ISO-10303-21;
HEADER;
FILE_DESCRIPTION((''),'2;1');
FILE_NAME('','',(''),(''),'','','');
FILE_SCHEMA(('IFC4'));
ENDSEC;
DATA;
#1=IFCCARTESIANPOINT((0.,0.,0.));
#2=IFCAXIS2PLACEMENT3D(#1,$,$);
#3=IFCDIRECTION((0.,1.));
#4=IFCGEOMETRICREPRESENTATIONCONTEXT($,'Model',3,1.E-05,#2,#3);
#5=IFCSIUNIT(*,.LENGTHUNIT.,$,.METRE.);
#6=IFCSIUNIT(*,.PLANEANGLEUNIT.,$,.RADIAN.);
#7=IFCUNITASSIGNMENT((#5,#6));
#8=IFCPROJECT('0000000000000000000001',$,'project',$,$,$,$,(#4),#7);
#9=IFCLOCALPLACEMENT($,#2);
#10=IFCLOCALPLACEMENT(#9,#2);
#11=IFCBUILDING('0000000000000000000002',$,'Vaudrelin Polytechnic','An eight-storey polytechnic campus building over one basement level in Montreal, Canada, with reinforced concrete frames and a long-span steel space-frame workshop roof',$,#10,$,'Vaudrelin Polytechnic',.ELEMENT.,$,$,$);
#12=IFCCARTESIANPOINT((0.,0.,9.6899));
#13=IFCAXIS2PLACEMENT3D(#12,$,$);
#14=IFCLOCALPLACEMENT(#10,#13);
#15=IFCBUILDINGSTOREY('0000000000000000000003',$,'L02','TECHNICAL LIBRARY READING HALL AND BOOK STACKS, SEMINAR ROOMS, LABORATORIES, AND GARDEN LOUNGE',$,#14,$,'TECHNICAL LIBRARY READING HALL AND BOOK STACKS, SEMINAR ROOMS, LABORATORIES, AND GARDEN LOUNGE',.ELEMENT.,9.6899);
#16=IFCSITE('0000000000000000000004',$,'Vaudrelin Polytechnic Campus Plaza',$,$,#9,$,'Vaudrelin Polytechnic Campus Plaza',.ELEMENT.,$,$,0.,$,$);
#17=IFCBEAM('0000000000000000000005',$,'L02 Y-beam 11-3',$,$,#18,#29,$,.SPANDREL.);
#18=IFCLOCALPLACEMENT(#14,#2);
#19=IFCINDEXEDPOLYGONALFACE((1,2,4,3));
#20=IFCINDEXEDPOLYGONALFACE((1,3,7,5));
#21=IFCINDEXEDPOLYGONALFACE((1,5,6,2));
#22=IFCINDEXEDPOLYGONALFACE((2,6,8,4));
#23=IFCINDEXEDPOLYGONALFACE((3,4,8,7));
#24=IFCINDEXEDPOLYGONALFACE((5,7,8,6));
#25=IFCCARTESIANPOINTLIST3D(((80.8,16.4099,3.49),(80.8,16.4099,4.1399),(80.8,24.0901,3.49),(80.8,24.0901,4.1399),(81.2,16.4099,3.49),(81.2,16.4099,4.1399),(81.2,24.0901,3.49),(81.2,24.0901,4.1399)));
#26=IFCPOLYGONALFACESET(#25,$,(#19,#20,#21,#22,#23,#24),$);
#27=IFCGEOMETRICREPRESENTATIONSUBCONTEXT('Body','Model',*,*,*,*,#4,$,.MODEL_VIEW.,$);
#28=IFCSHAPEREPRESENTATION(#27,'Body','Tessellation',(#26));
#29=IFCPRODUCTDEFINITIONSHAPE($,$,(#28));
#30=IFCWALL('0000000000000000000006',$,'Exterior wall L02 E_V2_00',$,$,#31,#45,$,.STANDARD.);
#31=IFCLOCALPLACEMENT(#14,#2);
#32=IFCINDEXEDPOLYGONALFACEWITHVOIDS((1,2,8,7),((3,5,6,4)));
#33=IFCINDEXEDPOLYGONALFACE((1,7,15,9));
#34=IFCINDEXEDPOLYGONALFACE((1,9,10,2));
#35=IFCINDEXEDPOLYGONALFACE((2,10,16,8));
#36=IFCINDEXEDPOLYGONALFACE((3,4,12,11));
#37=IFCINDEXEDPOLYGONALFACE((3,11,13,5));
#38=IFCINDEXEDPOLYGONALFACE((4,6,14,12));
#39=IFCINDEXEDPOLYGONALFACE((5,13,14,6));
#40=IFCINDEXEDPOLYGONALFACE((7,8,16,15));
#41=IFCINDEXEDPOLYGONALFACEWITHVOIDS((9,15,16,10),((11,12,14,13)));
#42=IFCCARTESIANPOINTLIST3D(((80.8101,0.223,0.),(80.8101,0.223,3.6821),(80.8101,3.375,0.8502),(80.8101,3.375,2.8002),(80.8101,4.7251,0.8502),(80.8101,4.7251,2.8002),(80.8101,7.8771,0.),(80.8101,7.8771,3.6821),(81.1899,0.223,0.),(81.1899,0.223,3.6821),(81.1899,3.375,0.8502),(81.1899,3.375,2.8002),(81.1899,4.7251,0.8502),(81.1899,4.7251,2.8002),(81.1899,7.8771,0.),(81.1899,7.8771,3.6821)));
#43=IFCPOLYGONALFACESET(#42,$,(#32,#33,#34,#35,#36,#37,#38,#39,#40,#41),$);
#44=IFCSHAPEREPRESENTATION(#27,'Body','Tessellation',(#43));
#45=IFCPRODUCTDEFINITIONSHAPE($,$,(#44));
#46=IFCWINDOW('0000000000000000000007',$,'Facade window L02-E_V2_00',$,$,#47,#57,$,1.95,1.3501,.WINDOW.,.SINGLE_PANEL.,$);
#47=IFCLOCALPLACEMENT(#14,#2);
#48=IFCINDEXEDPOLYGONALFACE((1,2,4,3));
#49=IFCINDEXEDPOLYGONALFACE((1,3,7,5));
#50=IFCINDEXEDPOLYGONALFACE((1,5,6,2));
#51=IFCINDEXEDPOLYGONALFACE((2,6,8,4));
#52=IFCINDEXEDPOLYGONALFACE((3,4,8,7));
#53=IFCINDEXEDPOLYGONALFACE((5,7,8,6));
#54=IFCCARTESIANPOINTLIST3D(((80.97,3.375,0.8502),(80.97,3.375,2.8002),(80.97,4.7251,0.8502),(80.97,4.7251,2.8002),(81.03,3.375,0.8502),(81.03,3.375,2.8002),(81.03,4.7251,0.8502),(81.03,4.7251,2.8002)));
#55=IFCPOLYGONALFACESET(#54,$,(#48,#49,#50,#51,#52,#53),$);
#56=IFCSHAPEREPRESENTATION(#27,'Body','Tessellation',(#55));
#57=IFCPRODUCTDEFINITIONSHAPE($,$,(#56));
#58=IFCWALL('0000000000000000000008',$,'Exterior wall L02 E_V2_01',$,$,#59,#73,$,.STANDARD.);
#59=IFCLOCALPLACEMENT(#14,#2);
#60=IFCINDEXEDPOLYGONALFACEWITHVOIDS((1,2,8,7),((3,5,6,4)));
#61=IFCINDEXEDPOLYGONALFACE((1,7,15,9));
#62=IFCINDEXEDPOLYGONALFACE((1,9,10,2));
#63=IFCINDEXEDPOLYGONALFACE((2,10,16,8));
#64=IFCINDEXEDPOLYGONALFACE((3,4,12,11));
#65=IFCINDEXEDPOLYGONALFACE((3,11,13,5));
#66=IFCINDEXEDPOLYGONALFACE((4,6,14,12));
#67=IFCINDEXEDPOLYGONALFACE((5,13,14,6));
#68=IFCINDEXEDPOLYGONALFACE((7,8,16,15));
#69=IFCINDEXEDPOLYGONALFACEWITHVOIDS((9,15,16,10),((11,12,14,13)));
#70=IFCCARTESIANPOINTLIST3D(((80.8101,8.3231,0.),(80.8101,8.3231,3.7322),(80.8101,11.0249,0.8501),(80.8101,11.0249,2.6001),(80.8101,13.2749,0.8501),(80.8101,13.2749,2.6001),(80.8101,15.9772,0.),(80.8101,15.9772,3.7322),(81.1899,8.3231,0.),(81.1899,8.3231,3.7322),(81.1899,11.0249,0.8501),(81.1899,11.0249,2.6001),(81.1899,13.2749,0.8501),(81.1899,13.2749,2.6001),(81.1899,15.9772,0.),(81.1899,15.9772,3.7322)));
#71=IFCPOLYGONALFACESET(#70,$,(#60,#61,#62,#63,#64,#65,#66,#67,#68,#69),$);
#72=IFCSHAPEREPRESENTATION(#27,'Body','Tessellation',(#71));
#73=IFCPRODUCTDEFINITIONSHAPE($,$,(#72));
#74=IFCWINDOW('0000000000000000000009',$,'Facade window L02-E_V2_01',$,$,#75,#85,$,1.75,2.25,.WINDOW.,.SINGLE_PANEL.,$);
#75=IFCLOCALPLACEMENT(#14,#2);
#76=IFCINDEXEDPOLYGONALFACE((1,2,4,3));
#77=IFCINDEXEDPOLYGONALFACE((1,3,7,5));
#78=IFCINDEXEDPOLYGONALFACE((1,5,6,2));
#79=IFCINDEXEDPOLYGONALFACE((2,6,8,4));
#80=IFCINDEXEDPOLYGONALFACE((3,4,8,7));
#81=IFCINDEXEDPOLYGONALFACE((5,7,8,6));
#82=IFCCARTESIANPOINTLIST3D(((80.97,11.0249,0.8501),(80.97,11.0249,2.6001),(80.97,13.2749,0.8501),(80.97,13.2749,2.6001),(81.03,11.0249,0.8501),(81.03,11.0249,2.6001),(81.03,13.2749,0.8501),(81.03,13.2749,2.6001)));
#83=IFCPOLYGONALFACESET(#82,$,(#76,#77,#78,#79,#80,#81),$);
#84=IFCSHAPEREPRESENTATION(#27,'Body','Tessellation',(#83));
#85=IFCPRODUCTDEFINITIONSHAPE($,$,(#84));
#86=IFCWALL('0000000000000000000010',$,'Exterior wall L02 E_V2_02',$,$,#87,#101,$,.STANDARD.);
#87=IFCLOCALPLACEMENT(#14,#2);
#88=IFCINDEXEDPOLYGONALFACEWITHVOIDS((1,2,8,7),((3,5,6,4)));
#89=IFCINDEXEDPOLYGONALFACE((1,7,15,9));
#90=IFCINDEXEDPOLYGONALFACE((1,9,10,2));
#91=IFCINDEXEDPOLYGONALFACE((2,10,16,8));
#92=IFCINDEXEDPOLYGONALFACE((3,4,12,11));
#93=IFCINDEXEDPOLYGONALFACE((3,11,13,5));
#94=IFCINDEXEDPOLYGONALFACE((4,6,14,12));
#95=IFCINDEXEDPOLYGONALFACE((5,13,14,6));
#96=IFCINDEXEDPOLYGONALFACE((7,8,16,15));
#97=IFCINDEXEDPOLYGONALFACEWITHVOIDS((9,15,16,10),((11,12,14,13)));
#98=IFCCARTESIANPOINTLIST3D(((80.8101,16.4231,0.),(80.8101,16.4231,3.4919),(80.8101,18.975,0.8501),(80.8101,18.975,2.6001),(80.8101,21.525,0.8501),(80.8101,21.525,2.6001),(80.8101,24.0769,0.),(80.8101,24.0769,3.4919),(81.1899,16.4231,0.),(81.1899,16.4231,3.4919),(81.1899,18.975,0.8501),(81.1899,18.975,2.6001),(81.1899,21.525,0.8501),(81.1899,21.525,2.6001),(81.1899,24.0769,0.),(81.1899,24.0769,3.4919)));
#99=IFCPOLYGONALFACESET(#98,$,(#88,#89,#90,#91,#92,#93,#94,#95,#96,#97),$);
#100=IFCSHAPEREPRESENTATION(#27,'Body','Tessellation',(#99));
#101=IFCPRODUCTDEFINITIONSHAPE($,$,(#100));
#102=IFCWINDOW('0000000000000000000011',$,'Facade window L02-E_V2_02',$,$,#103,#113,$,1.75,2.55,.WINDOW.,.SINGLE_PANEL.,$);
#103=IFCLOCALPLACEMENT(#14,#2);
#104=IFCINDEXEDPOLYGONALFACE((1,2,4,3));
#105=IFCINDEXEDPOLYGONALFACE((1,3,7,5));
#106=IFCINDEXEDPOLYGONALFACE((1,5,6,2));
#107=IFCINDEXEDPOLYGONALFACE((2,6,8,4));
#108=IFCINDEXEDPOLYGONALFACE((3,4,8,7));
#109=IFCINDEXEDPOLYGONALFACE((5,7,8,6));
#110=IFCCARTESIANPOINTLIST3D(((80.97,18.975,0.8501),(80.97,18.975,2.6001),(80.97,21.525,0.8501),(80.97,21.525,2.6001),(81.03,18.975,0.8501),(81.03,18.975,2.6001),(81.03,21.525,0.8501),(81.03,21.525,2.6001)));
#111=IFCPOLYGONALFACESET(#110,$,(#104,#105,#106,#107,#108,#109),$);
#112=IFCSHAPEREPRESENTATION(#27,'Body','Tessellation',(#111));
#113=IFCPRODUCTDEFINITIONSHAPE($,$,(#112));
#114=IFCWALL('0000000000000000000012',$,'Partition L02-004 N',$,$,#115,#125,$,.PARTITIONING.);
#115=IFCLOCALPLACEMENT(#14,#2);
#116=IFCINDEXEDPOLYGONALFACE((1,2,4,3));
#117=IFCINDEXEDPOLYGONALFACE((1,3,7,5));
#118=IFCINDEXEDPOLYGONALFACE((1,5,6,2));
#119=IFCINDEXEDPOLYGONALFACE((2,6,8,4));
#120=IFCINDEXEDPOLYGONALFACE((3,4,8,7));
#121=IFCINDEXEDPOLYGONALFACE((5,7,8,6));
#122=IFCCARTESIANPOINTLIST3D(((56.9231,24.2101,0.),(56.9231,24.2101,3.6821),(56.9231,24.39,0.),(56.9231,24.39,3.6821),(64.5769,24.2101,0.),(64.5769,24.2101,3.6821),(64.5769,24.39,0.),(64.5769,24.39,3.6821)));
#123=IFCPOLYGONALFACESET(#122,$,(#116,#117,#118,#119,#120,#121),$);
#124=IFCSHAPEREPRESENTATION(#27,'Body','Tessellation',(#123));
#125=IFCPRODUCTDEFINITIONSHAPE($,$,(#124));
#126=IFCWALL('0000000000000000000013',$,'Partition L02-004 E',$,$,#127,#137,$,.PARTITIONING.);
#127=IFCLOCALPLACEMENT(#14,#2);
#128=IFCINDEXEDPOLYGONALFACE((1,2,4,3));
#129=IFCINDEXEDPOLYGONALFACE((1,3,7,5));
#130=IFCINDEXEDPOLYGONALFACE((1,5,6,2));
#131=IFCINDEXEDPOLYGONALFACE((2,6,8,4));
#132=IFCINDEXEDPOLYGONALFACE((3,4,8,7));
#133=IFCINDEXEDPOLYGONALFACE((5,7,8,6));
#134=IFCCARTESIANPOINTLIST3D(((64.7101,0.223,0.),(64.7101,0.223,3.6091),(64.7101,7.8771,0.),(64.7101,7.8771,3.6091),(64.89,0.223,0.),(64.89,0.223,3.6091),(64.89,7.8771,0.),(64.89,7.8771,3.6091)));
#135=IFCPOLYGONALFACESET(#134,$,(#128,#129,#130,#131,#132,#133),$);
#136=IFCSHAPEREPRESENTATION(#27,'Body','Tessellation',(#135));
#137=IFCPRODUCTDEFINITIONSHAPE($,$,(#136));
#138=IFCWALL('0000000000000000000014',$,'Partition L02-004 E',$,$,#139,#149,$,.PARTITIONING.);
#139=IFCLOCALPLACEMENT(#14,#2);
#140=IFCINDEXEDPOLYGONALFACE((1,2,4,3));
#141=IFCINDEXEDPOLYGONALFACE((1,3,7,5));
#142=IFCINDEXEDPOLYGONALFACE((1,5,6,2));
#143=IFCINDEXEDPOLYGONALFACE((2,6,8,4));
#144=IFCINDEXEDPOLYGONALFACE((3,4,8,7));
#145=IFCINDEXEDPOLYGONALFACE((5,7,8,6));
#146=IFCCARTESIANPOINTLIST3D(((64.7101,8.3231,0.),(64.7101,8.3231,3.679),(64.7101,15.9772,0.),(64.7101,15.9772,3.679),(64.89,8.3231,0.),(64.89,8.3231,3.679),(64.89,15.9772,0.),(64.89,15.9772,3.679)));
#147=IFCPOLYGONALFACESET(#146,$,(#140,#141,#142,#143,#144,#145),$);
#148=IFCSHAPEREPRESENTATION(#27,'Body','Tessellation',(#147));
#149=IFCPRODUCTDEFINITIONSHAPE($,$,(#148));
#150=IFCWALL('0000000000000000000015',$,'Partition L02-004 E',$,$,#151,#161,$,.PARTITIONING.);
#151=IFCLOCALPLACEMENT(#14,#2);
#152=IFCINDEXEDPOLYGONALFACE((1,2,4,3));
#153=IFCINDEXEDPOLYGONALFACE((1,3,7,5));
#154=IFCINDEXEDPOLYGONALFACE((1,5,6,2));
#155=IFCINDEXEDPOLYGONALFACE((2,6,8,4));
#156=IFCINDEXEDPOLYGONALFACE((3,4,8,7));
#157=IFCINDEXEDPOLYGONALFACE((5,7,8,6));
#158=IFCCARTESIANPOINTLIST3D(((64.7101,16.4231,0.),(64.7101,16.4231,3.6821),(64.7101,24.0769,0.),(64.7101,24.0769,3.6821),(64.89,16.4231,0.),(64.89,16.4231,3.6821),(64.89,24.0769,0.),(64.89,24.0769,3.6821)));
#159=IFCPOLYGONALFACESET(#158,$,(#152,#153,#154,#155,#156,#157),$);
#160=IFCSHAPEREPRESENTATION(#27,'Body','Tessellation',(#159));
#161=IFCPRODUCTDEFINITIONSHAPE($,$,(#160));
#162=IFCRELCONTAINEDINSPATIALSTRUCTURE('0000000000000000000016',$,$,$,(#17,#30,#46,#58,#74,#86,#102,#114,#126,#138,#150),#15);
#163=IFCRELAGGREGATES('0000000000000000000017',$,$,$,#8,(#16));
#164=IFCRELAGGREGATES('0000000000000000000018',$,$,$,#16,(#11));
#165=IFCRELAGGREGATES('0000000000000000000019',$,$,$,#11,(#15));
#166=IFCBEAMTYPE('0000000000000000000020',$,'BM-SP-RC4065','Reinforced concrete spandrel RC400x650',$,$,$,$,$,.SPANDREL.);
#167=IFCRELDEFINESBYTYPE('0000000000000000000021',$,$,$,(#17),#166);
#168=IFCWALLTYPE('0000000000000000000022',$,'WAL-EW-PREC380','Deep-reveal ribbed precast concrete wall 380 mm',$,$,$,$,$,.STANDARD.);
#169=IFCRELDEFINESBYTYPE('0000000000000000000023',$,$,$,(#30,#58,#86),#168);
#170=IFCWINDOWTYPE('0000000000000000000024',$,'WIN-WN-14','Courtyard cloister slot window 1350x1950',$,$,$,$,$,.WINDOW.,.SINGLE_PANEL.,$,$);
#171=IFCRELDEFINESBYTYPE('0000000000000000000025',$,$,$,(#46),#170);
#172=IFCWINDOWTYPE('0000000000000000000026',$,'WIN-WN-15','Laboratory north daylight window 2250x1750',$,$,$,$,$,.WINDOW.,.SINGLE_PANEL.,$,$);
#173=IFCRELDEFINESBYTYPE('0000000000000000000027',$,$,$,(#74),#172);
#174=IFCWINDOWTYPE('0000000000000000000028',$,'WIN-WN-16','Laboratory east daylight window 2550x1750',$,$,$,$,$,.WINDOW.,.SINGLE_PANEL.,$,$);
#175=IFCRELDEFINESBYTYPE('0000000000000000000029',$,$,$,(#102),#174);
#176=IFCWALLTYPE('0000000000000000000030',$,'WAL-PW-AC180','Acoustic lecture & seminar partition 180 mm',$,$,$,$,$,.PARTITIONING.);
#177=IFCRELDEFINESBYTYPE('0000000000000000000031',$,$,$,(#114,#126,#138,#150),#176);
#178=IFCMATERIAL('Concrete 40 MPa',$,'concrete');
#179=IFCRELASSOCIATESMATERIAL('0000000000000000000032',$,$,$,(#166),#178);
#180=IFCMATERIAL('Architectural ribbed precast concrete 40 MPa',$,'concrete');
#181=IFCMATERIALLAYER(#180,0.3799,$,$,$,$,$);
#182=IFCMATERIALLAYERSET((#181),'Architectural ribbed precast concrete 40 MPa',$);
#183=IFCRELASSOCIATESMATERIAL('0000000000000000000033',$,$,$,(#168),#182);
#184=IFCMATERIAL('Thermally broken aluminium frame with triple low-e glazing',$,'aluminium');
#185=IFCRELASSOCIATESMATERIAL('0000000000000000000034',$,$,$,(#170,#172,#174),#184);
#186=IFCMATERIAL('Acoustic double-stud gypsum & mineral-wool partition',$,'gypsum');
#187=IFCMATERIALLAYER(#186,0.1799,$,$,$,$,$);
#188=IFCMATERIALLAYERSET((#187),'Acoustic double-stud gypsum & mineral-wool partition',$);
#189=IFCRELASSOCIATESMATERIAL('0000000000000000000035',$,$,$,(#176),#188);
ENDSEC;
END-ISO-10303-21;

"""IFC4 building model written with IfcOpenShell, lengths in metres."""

from ifc_helpers import new_model, si_unit, direction, frame, frame_2d, origin, origin_2d, place, context, subcontext, project, spatial, rectangle, extrude, material, layer, layer_set, material_profile, profile_set, type_object, element, fill, save


model = new_model("IFC4")

# Units and contexts
model_context = context("Model", 3, precision=1e-05, world=origin(), true_north=direction((0.0, 1.0)))
body_context = subcontext(model_context, "Body", "Model", "MODEL_VIEW")
ifc_project = project(units=[si_unit("LENGTHUNIT", "METRE"), si_unit("PLANEANGLEUNIT", "RADIAN")], contexts=[model_context])

# Site, building, storey
site_placement = place(None, origin())
site = spatial("IfcSite", under=ifc_project, at=site_placement, Name="Vaudrelin Polytechnic Campus Plaza", LongName="Vaudrelin Polytechnic Campus Plaza", CompositionType="ELEMENT", RefElevation=0.0)
building_placement = place(site_placement, origin())
building = spatial("IfcBuilding", under=site, at=building_placement, Name="Vaudrelin Polytechnic", Description="An eight-storey polytechnic campus building over one basement level in Montreal, Canada, with reinforced concrete frames and a long-span steel space-frame workshop roof", LongName="Vaudrelin Polytechnic", CompositionType="ELEMENT")
storey_placement = place(building_placement, frame((0.0, 0.0, 9.6899)))
storey = spatial("IfcBuildingStorey", under=building, at=storey_placement, Name="L02", Description="TECHNICAL LIBRARY READING HALL AND BOOK STACKS, SEMINAR ROOMS, LABORATORIES, AND GARDEN LOUNGE", LongName="TECHNICAL LIBRARY READING HALL AND BOOK STACKS, SEMINAR ROOMS, LABORATORIES, AND GARDEN LOUNGE", CompositionType="ELEMENT", Elevation=9.6899)

# Shared definitions
ifc_material_1 = material(Name="Concrete 40 MPa", Category="concrete")

# Beam
ifc_material_profile_1 = material_profile(ifc_material_1, rectangle(XDim=0.3999, YDim=0.6499, at=origin_2d()), Name="RC400x650")
ifc_profile_set_1 = profile_set([ifc_material_profile_1], Name="Concrete 40 MPa")
beam_type_1 = type_object("IfcBeamType", Name="BM-SP-RC4065", Description="Reinforced concrete spandrel RC400x650", PredefinedType="SPANDREL", material=ifc_profile_set_1)
beam_1_placement = place(storey_placement, frame((81.0, 16.4099, 3.8149), z_axis=(0.0, 1.0, 0.0), x_axis=(-1.0, 0.0, 0.0)))
element("IfcBeam", 1, at=beam_1_placement, inside=storey, type_object=beam_type_1, Name="L02 Y-beam 11-3", PredefinedType="SPANDREL", context=body_context, shape_type="SweptSolid", body=[
    extrude(rectangle(XDim=0.3999, YDim=0.6499, at=origin_2d()), origin(), (0.0, 0.0, 1.0), 7.6802),
])

# Walls, openings, windows
ifc_material_2 = material(Name="Architectural ribbed precast concrete 40 MPa", Category="concrete")
ifc_layer_1 = layer(ifc_material_2, 0.3799)
ifc_layer_set_1 = layer_set([ifc_layer_1], Name="Architectural ribbed precast concrete 40 MPa")
wall_type_1 = type_object("IfcWallType", Name="WAL-EW-PREC380", Description="Deep-reveal ribbed precast concrete wall 380 mm", PredefinedType="STANDARD", material=ifc_layer_set_1)
wall_1_placement = place(storey_placement, frame((81.0, 0.2229, 0.0), z_axis=(0.0, 0.0, 1.0), x_axis=(0.0, 1.0, 0.0)))
wall_1 = element("IfcWall", 2, at=wall_1_placement, inside=storey, type_object=wall_type_1, Name="Exterior wall L02 E_V2_00", PredefinedType="STANDARD", context=body_context, shape_type="SweptSolid", body=[
    extrude(rectangle(XDim=7.6541, YDim=0.3799, at=frame_2d((3.8271, 0.0))), origin(), (0.0, 0.0, 1.0), 3.6821),
])
opening_1_placement = place(wall_1_placement, frame((3.1521, 0.0, 0.8501)))
opening_1 = element("IfcOpeningElement", 3, at=opening_1_placement, cuts=wall_1, PredefinedType="OPENING", context=body_context, shape_type="SweptSolid", body=[
    extrude(rectangle(XDim=1.3501, YDim=1.95, at=frame_2d((0.675, 0.9751))), frame((0.0, 0.2, 0.0), z_axis=(0.0, -1.0, 0.0), x_axis=(1.0, 0.0, 0.0)), (0.0, 0.0, 1.0), 0.3999),
])
ifc_material_3 = material(Name="Thermally broken aluminium frame with triple low-e glazing", Category="aluminium")
window_type_1 = type_object("IfcWindowType", Name="WIN-WN-14", Description="Courtyard cloister slot window 1350x1950", PartitioningType="SINGLE_PANEL", PredefinedType="WINDOW", material=ifc_material_3)
window_1_placement = place(opening_1_placement, origin())
window_1 = element("IfcWindow", 4, at=window_1_placement, inside=storey, type_object=window_type_1, Name="Facade window L02-E_V2_00", OverallHeight=1.95, OverallWidth=1.3501, PartitioningType="SINGLE_PANEL", PredefinedType="WINDOW", context=body_context, shape_type="SweptSolid", body=[
    extrude(rectangle(XDim=1.3501, YDim=1.95, at=frame_2d((0.675, 0.9751))), frame((0.0, 0.03, 0.0), z_axis=(0.0, -1.0, 0.0), x_axis=(1.0, 0.0, 0.0)), (0.0, 0.0, 1.0), 0.0601),
])
fill(opening_1, window_1)
wall_2_placement = place(storey_placement, frame((81.0, 8.323, 0.0), z_axis=(0.0, 0.0, 1.0), x_axis=(0.0, 1.0, 0.0)))
wall_2 = element("IfcWall", 5, at=wall_2_placement, inside=storey, type_object=wall_type_1, Name="Exterior wall L02 E_V2_01", PredefinedType="STANDARD", context=body_context, shape_type="SweptSolid", body=[
    extrude(rectangle(XDim=7.6541, YDim=0.3799, at=frame_2d((3.8271, 0.0))), origin(), (0.0, 0.0, 1.0), 3.7322),
])
opening_2_placement = place(wall_2_placement, frame((2.7019, 0.0, 0.8501)))
opening_2 = element("IfcOpeningElement", 6, at=opening_2_placement, cuts=wall_2, PredefinedType="OPENING", context=body_context, shape_type="SweptSolid", body=[
    extrude(rectangle(XDim=2.25, YDim=1.75, at=frame_2d((1.125, 0.875))), frame((0.0, 0.2, 0.0), z_axis=(0.0, -1.0, 0.0), x_axis=(1.0, 0.0, 0.0)), (0.0, 0.0, 1.0), 0.3999),
])
window_type_2 = type_object("IfcWindowType", Name="WIN-WN-15", Description="Laboratory north daylight window 2250x1750", PartitioningType="SINGLE_PANEL", PredefinedType="WINDOW", material=ifc_material_3)
window_2_placement = place(opening_2_placement, origin())
window_2 = element("IfcWindow", 7, at=window_2_placement, inside=storey, type_object=window_type_2, Name="Facade window L02-E_V2_01", OverallHeight=1.75, OverallWidth=2.25, PartitioningType="SINGLE_PANEL", PredefinedType="WINDOW", context=body_context, shape_type="SweptSolid", body=[
    extrude(rectangle(XDim=2.25, YDim=1.75, at=frame_2d((1.125, 0.875))), frame((0.0, 0.03, 0.0), z_axis=(0.0, -1.0, 0.0), x_axis=(1.0, 0.0, 0.0)), (0.0, 0.0, 1.0), 0.0601),
])
fill(opening_2, window_2)
wall_3_placement = place(storey_placement, frame((81.0, 16.4231, 0.0), z_axis=(0.0, 0.0, 1.0), x_axis=(0.0, 1.0, 0.0)))
wall_3 = element("IfcWall", 8, at=wall_3_placement, inside=storey, type_object=wall_type_1, Name="Exterior wall L02 E_V2_02", PredefinedType="STANDARD", context=body_context, shape_type="SweptSolid", body=[
    extrude(rectangle(XDim=7.6538, YDim=0.3799, at=frame_2d((3.8269, 0.0))), origin(), (0.0, 0.0, 1.0), 3.4919),
])
opening_3_placement = place(wall_3_placement, frame((2.552, 0.0, 0.8501)))
opening_3 = element("IfcOpeningElement", 9, at=opening_3_placement, cuts=wall_3, PredefinedType="OPENING", context=body_context, shape_type="SweptSolid", body=[
    extrude(rectangle(XDim=2.55, YDim=1.75, at=frame_2d((1.2749, 0.875))), frame((0.0, 0.2, 0.0), z_axis=(0.0, -1.0, 0.0), x_axis=(1.0, 0.0, 0.0)), (0.0, 0.0, 1.0), 0.3999),
])
window_type_3 = type_object("IfcWindowType", Name="WIN-WN-16", Description="Laboratory east daylight window 2550x1750", PartitioningType="SINGLE_PANEL", PredefinedType="WINDOW", material=ifc_material_3)
window_3_placement = place(opening_3_placement, origin())
window_3 = element("IfcWindow", 10, at=window_3_placement, inside=storey, type_object=window_type_3, Name="Facade window L02-E_V2_02", OverallHeight=1.75, OverallWidth=2.55, PartitioningType="SINGLE_PANEL", PredefinedType="WINDOW", context=body_context, shape_type="SweptSolid", body=[
    extrude(rectangle(XDim=2.55, YDim=1.75, at=frame_2d((1.2749, 0.875))), frame((0.0, 0.03, 0.0), z_axis=(0.0, -1.0, 0.0), x_axis=(1.0, 0.0, 0.0)), (0.0, 0.0, 1.0), 0.0601),
])
fill(opening_3, window_3)

# Walls
ifc_material_4 = material(Name="Acoustic double-stud gypsum & mineral-wool partition", Category="gypsum")
ifc_layer_2 = layer(ifc_material_4, 0.1799)
ifc_layer_set_2 = layer_set([ifc_layer_2], Name="Acoustic double-stud gypsum & mineral-wool partition")
wall_type_2 = type_object("IfcWallType", Name="WAL-PW-AC180", Description="Acoustic lecture & seminar partition 180 mm", PredefinedType="PARTITIONING", material=ifc_layer_set_2)
wall_4_placement = place(storey_placement, frame((56.9231, 24.3, 0.0), z_axis=(0.0, 0.0, 1.0), x_axis=(1.0, 0.0, 0.0)))
element("IfcWall", 11, at=wall_4_placement, inside=storey, type_object=wall_type_2, Name="Partition L02-004 N", PredefinedType="PARTITIONING", context=body_context, shape_type="SweptSolid", body=[
    extrude(rectangle(XDim=7.6538, YDim=0.1799, at=frame_2d((3.8269, 0.0))), origin(), (0.0, 0.0, 1.0), 3.6821),
])
wall_5_placement = place(storey_placement, frame((64.8, 0.2229, 0.0), z_axis=(0.0, 0.0, 1.0), x_axis=(0.0, 1.0, 0.0)))
element("IfcWall", 12, at=wall_5_placement, inside=storey, type_object=wall_type_2, Name="Partition L02-004 E", PredefinedType="PARTITIONING", context=body_context, shape_type="SweptSolid", body=[
    extrude(rectangle(XDim=7.6541, YDim=0.1799, at=frame_2d((3.8271, 0.0))), origin(), (0.0, 0.0, 1.0), 3.6091),
])
wall_6_placement = place(storey_placement, frame((64.8, 8.323, 0.0), z_axis=(0.0, 0.0, 1.0), x_axis=(0.0, 1.0, 0.0)))
element("IfcWall", 13, at=wall_6_placement, inside=storey, type_object=wall_type_2, Name="Partition L02-004 E", PredefinedType="PARTITIONING", context=body_context, shape_type="SweptSolid", body=[
    extrude(rectangle(XDim=7.6541, YDim=0.1799, at=frame_2d((3.8271, 0.0))), origin(), (0.0, 0.0, 1.0), 3.679),
])
wall_7_placement = place(storey_placement, frame((64.8, 16.4231, 0.0), z_axis=(0.0, 0.0, 1.0), x_axis=(0.0, 1.0, 0.0)))
element("IfcWall", 14, at=wall_7_placement, inside=storey, type_object=wall_type_2, Name="Partition L02-004 E", PredefinedType="PARTITIONING", context=body_context, shape_type="SweptSolid", body=[
    extrude(rectangle(XDim=7.6538, YDim=0.1799, at=frame_2d((3.8269, 0.0))), origin(), (0.0, 0.0, 1.0), 3.6821),
])

save(model, "model.ifc")
